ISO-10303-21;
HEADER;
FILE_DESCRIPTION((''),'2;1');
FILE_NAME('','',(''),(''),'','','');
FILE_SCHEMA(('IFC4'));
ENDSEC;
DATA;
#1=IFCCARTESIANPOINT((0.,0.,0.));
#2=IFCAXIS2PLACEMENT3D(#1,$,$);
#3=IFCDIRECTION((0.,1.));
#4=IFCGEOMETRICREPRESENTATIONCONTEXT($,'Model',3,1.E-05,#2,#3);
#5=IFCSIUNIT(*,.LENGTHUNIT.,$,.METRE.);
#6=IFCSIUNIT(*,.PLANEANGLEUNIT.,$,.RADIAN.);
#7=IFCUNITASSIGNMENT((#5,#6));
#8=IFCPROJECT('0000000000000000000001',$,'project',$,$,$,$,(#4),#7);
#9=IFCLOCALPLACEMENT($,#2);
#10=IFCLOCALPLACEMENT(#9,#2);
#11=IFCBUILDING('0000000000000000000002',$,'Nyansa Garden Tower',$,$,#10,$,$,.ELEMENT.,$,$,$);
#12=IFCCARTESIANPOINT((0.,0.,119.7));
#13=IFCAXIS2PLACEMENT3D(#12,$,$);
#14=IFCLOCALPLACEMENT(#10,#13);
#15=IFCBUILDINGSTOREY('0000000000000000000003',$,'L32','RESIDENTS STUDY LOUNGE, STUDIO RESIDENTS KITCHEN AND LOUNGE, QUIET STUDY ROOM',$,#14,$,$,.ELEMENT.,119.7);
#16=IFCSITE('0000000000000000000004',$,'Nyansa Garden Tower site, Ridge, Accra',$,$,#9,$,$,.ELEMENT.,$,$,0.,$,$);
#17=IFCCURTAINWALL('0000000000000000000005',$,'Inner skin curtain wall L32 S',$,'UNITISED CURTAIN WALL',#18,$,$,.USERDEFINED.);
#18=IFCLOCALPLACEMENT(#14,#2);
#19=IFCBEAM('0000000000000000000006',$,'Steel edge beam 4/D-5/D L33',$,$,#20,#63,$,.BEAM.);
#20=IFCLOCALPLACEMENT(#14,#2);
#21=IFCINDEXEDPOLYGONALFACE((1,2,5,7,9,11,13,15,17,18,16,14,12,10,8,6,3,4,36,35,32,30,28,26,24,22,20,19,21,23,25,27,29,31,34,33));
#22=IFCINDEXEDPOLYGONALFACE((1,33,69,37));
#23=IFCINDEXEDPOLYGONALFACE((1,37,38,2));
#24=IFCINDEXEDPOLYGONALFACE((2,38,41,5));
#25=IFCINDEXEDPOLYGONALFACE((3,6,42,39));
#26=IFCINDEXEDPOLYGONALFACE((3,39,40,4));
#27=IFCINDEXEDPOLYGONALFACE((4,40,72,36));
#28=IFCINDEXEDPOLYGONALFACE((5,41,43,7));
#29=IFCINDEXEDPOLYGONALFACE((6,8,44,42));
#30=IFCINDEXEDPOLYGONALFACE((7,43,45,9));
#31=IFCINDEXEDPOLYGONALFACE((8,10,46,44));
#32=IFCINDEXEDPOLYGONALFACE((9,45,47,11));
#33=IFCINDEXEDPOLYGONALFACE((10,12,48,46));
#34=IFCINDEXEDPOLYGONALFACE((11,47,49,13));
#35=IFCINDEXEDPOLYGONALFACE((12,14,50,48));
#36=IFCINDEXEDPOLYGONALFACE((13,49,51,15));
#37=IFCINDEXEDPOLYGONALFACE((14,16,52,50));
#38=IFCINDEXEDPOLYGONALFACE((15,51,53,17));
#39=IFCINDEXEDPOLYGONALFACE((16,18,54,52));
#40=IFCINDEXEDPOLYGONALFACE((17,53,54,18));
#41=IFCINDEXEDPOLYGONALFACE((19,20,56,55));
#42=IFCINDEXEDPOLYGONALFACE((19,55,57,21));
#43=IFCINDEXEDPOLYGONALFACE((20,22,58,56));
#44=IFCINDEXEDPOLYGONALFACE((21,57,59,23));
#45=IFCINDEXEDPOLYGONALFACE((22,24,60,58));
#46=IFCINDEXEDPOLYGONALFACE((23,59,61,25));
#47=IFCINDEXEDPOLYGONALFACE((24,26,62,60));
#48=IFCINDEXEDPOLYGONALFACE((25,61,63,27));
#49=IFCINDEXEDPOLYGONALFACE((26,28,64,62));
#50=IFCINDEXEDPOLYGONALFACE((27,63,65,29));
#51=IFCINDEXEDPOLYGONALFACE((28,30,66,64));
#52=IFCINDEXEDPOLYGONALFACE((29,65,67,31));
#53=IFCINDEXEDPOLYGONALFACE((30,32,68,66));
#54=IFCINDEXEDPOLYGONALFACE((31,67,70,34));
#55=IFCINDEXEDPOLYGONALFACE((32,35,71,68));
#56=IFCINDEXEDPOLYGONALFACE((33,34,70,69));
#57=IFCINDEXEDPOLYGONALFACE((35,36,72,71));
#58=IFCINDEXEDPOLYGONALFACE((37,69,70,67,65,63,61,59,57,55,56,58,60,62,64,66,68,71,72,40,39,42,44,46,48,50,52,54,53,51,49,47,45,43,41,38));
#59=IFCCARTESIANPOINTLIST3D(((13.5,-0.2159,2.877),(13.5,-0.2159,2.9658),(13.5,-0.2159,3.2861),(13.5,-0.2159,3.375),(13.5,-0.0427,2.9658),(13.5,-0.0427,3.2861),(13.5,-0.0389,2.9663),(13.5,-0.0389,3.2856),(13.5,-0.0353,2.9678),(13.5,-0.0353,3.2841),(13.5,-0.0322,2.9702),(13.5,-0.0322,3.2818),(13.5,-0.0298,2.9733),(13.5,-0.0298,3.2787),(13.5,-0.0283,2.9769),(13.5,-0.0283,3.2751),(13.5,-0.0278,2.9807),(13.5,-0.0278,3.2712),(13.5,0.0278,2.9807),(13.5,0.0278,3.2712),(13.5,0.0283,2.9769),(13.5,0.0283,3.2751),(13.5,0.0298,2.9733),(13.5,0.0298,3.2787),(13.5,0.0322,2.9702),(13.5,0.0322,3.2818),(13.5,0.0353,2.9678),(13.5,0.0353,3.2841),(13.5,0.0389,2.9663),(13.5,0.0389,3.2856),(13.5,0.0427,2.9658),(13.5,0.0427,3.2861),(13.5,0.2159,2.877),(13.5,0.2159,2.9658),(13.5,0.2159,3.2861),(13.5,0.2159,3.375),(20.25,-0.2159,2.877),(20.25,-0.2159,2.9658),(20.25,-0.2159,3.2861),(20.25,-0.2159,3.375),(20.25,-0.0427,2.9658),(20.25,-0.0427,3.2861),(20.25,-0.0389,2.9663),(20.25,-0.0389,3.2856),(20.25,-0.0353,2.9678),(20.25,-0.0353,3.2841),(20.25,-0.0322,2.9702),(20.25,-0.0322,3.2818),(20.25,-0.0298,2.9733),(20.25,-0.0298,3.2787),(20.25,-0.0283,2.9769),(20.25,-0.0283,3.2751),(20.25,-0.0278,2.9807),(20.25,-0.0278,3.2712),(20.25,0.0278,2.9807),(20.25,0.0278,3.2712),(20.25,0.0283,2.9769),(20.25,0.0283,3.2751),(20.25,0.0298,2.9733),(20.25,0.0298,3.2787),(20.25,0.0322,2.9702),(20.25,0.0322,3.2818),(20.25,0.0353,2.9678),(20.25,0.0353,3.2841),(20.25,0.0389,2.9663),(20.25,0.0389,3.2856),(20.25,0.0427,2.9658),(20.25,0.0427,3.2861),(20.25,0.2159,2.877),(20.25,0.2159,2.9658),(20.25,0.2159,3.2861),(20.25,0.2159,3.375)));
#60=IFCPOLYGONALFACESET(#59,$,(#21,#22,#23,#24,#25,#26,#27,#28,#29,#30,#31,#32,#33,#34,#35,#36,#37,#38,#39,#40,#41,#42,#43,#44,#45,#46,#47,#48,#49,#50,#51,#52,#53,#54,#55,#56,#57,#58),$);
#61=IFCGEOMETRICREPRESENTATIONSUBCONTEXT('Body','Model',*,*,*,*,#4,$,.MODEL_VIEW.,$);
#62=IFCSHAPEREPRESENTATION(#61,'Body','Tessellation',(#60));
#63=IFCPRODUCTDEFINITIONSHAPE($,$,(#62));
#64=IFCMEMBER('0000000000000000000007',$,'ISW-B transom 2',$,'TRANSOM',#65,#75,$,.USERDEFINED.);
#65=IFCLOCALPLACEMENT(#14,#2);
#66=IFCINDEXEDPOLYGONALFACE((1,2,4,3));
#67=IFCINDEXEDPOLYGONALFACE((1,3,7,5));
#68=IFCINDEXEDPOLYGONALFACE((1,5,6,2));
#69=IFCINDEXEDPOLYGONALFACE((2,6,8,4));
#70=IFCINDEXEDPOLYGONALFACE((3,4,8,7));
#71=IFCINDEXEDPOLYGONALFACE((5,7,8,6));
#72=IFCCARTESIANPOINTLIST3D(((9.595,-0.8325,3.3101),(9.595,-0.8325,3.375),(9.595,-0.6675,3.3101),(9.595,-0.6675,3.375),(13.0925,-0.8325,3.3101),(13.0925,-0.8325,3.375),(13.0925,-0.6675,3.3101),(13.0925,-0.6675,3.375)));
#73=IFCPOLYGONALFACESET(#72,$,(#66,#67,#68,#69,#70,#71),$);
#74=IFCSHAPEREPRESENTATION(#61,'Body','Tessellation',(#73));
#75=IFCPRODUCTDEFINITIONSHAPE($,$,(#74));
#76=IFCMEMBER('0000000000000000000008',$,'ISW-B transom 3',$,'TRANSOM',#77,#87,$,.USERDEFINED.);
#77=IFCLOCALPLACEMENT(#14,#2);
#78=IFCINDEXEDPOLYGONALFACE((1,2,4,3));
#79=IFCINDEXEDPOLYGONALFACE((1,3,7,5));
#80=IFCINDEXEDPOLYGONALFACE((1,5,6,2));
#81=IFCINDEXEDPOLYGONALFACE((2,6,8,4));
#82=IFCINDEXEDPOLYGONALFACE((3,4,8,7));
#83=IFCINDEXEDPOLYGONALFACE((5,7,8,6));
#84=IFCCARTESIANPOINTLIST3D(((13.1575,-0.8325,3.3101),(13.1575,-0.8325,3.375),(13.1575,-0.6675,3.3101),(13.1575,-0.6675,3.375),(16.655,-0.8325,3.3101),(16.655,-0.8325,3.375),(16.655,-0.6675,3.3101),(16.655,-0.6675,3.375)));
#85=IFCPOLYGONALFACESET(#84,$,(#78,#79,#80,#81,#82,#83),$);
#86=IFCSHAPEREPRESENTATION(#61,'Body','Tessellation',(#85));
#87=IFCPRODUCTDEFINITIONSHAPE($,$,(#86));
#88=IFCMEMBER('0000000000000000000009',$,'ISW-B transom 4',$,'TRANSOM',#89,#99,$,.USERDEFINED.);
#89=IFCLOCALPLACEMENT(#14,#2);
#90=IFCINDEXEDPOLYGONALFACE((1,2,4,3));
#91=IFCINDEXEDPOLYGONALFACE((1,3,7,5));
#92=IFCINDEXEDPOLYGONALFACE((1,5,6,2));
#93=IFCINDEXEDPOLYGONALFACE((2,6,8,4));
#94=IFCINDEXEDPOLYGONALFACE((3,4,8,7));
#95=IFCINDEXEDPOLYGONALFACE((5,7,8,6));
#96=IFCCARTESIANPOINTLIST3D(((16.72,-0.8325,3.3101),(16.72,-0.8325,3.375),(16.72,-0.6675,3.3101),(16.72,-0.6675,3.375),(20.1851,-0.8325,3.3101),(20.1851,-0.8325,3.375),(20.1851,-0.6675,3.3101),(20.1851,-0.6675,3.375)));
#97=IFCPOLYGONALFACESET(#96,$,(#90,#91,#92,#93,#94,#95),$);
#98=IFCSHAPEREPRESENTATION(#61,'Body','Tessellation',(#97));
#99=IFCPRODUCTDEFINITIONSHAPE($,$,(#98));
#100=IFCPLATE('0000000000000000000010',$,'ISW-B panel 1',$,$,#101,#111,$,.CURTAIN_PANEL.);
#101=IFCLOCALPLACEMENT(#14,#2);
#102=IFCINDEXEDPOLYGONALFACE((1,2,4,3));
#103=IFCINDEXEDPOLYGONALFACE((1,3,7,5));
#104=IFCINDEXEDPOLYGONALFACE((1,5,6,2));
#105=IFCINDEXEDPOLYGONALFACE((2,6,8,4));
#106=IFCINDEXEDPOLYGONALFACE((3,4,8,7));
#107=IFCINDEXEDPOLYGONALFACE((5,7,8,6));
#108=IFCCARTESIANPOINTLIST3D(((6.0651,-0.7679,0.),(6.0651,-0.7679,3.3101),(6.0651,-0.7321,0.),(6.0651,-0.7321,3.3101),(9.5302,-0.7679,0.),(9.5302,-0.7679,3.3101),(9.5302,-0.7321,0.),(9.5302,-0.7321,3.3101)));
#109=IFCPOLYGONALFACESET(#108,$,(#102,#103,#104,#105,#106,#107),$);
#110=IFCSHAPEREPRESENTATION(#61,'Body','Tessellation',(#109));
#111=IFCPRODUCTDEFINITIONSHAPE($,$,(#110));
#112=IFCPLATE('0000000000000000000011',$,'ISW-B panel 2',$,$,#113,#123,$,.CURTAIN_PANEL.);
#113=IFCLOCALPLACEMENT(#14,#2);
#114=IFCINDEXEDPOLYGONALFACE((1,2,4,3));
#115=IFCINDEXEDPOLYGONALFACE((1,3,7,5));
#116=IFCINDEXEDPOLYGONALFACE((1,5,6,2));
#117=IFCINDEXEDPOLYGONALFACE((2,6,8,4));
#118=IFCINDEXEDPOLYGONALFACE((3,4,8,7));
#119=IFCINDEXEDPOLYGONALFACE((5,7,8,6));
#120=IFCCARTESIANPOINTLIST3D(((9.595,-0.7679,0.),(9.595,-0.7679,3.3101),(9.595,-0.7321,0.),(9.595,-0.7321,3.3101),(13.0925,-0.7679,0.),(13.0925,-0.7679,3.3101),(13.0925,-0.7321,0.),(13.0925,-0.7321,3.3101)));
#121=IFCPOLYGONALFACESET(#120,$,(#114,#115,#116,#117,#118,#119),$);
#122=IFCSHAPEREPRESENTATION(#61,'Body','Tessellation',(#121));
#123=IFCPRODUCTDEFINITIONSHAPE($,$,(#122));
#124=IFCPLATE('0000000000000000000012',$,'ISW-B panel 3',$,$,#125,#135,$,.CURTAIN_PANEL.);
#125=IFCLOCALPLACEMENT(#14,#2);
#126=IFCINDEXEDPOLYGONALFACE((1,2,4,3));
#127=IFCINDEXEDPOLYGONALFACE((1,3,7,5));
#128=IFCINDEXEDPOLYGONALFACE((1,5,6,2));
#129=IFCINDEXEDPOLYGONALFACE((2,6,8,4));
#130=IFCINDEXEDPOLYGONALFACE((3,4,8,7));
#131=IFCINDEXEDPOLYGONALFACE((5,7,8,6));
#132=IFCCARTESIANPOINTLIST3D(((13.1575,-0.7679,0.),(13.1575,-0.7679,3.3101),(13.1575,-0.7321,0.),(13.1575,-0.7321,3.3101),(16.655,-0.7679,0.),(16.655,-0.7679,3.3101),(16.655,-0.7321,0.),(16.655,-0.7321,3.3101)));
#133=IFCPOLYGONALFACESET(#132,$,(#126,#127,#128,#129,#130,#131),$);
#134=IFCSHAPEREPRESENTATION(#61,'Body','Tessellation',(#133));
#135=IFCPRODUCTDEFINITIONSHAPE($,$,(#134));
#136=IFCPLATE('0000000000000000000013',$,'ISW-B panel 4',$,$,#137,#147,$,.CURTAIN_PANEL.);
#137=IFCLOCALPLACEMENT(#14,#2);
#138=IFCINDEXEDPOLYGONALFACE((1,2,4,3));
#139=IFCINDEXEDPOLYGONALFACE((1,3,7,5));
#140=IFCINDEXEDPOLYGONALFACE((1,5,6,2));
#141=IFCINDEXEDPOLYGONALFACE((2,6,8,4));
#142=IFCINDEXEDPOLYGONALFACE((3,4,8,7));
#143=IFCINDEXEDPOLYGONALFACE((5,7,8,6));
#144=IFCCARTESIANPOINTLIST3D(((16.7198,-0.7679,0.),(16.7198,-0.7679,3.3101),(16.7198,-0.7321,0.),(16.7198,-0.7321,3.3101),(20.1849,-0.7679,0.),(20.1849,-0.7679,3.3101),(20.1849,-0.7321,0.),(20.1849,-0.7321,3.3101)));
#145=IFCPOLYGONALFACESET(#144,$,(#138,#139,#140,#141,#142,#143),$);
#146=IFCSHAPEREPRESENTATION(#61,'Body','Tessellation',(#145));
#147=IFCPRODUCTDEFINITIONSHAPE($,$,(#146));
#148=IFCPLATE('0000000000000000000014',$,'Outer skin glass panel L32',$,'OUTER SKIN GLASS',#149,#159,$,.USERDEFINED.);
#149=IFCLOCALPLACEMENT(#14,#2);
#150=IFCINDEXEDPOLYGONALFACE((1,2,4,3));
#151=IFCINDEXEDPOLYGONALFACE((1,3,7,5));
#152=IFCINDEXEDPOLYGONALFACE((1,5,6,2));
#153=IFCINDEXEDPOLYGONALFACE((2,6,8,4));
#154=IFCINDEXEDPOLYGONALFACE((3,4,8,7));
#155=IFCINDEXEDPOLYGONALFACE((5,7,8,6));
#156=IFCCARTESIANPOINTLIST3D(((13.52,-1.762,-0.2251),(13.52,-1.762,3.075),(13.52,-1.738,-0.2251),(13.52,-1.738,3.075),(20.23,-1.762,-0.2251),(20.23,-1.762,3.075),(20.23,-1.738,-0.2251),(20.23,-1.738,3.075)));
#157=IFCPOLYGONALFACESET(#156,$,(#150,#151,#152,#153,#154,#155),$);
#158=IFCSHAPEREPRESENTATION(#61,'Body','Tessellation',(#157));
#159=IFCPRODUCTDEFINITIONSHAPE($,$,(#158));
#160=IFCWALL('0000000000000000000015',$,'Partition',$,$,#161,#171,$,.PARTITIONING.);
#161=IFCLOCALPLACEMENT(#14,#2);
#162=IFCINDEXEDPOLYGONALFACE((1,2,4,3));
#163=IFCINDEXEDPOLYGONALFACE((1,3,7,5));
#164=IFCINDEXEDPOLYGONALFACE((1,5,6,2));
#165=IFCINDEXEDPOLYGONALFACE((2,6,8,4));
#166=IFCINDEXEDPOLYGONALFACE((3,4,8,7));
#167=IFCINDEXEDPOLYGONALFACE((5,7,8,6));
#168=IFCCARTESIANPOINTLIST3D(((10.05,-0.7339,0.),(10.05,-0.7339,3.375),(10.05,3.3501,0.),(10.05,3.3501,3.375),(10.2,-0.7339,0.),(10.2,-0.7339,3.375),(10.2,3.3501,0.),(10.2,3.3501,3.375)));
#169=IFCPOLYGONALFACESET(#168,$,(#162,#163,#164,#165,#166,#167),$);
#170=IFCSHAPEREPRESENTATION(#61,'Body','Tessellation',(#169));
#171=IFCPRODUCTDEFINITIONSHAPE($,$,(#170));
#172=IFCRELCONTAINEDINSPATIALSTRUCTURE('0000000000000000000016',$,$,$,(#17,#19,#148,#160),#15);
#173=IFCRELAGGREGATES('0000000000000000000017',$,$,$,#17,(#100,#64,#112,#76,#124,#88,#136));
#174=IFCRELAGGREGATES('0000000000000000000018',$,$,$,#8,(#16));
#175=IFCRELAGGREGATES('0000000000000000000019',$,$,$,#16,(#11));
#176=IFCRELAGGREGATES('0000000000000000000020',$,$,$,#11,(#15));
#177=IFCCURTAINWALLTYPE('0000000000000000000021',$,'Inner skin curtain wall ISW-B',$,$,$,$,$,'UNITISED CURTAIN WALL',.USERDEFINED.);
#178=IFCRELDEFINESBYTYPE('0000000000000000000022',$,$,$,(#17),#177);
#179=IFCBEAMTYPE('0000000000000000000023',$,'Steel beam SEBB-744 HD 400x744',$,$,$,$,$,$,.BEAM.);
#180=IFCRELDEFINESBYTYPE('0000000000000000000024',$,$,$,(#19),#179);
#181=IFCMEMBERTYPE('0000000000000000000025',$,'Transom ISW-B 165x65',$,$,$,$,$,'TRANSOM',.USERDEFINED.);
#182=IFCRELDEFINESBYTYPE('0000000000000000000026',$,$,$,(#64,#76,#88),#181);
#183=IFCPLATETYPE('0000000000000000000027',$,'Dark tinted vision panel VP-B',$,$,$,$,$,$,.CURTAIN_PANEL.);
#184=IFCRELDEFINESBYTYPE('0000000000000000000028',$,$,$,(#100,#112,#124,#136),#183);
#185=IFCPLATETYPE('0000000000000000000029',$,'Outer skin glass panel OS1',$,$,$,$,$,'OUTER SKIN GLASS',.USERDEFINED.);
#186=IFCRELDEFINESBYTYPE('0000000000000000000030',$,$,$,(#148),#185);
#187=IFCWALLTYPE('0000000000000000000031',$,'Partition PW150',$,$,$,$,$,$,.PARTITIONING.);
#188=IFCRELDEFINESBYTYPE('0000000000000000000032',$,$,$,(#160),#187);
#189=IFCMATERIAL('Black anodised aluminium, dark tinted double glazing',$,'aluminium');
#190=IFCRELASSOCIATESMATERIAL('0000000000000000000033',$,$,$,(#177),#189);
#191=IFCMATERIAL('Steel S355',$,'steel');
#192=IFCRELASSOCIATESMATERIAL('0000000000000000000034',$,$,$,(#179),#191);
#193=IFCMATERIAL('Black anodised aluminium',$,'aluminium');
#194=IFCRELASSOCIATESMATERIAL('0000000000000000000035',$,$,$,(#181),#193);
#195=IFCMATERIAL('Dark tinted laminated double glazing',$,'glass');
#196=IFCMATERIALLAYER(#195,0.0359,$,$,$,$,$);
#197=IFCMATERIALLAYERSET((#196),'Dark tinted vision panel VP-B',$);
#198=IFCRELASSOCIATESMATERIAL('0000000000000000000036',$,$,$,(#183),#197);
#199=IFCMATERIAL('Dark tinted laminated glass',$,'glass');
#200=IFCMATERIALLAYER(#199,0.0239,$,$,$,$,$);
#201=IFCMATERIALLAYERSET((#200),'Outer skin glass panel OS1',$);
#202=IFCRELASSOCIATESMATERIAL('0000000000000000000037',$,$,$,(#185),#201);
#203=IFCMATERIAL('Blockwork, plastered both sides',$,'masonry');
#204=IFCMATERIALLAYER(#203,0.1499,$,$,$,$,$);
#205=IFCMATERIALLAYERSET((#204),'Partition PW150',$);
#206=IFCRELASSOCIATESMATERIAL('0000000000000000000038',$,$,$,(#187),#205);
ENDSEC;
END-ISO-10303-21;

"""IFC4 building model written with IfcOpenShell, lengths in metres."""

from ifc_helpers import new_model, si_unit, direction, frame, frame_2d, origin, origin_2d, place, context, subcontext, project, spatial, rectangle, i_section, extrude, material, layer, layer_set, material_profile, profile_set, type_object, element, aggregate, save


model = new_model("IFC4")

# Units and contexts
model_context = context("Model", 3, precision=1e-05, world=origin(), true_north=direction((0.0, 1.0)))
body_context = subcontext(model_context, "Body", "Model", "MODEL_VIEW")
ifc_project = project(units=[si_unit("LENGTHUNIT", "METRE"), si_unit("PLANEANGLEUNIT", "RADIAN")], contexts=[model_context])

# Site, building, storey
site_placement = place(None, origin())
site = spatial("IfcSite", under=ifc_project, at=site_placement, Name="Nyansa Garden Tower site, Ridge, Accra", CompositionType="ELEMENT", RefElevation=0.0)
building_placement = place(site_placement, origin())
building = spatial("IfcBuilding", under=site, at=building_placement, Name="Nyansa Garden Tower", CompositionType="ELEMENT")
storey_placement = place(building_placement, frame((0.0, 0.0, 119.7)))
storey = spatial("IfcBuildingStorey", under=building, at=storey_placement, Name="L32", Description="RESIDENTS STUDY LOUNGE, STUDIO RESIDENTS KITCHEN AND LOUNGE, QUIET STUDY ROOM", CompositionType="ELEMENT", Elevation=119.7)

# Curtain wall
ifc_material_1 = material(Name="Black anodised aluminium, dark tinted double glazing", Category="aluminium")
curtain_wall_type = type_object("IfcCurtainWallType", Name="Inner skin curtain wall ISW-B", ElementType="UNITISED CURTAIN WALL", PredefinedType="USERDEFINED", material=ifc_material_1)
curtain_wall_placement = place(storey_placement, origin())
curtain_wall = element("IfcCurtainWall", 1, at=curtain_wall_placement, inside=storey, type_object=curtain_wall_type, Name="Inner skin curtain wall L32 S", ObjectType="UNITISED CURTAIN WALL", PredefinedType="USERDEFINED")

# Beam
ifc_material_2 = material(Name="Steel S355", Category="steel")
ifc_material_profile_1 = material_profile(ifc_material_2, i_section(OverallWidth=0.4319, OverallDepth=0.498, WebThickness=0.0557, FlangeThickness=0.0889, FilletRadius=0.0149, at=origin_2d()), Name="HD 400x744")
ifc_profile_set_1 = profile_set([ifc_material_profile_1], Name="Steel S355")
beam_type_1 = type_object("IfcBeamType", Name="Steel beam SEBB-744 HD 400x744", PredefinedType="BEAM", material=ifc_profile_set_1)
beam_1_placement = place(storey_placement, frame((13.5, 0.0, 3.126), z_axis=(1.0, 0.0, 0.0), x_axis=(0.0, 1.0, 0.0)))
element("IfcBeam", 2, at=beam_1_placement, inside=storey, type_object=beam_type_1, Name="Steel edge beam 4/D-5/D L33", PredefinedType="BEAM", context=body_context, shape_type="SweptSolid", body=[
    extrude(i_section(OverallWidth=0.4319, OverallDepth=0.498, WebThickness=0.0557, FlangeThickness=0.0889, FilletRadius=0.0149, at=origin_2d()), origin(), (0.0, 0.0, 1.0), 6.75),
])

# Members
ifc_material_3 = material(Name="Black anodised aluminium", Category="aluminium")
ifc_material_profile_2 = material_profile(ifc_material_3, rectangle(XDim=0.165, YDim=0.0649, at=origin_2d()), Name="Transom 165x65")
ifc_profile_set_2 = profile_set([ifc_material_profile_2], Name="Black anodised aluminium")
member_type_1 = type_object("IfcMemberType", Name="Transom ISW-B 165x65", ElementType="TRANSOM", PredefinedType="USERDEFINED", material=ifc_profile_set_2)
member_1_placement = place(storey_placement, frame((9.595, -0.75, 3.3425), z_axis=(1.0, 0.0, 0.0), x_axis=(0.0, 1.0, 0.0)))
member_1 = element("IfcMember", 3, at=member_1_placement, type_object=member_type_1, Name="ISW-B transom 2", ObjectType="TRANSOM", PredefinedType="USERDEFINED", context=body_context, shape_type="SweptSolid", body=[
    extrude(rectangle(XDim=0.165, YDim=0.0649, at=origin_2d()), origin(), (0.0, 0.0, 1.0), 3.4976),
])
member_2_placement = place(storey_placement, frame((13.1575, -0.75, 3.3425), z_axis=(1.0, 0.0, 0.0), x_axis=(0.0, 1.0, 0.0)))
member_2 = element("IfcMember", 4, at=member_2_placement, type_object=member_type_1, Name="ISW-B transom 3", ObjectType="TRANSOM", PredefinedType="USERDEFINED", context=body_context, shape_type="SweptSolid", body=[
    extrude(rectangle(XDim=0.165, YDim=0.0649, at=origin_2d()), origin(), (0.0, 0.0, 1.0), 3.4976),
])
member_3_placement = place(storey_placement, frame((16.72, -0.75, 3.3425), z_axis=(1.0, 0.0, 0.0), x_axis=(0.0, 1.0, 0.0)))
member_3 = element("IfcMember", 5, at=member_3_placement, type_object=member_type_1, Name="ISW-B transom 4", ObjectType="TRANSOM", PredefinedType="USERDEFINED", context=body_context, shape_type="SweptSolid", body=[
    extrude(rectangle(XDim=0.165, YDim=0.0649, at=origin_2d()), origin(), (0.0, 0.0, 1.0), 3.4651),
])

# Plates
ifc_material_4 = material(Name="Dark tinted laminated double glazing", Category="glass")
ifc_layer_1 = layer(ifc_material_4, 0.0359)
ifc_layer_set_1 = layer_set([ifc_layer_1], Name="Dark tinted vision panel VP-B")
plate_type_1 = type_object("IfcPlateType", Name="Dark tinted vision panel VP-B", PredefinedType="CURTAIN_PANEL", material=ifc_layer_set_1)
plate_1_placement = place(storey_placement, frame((7.7976, -0.75, 0.0), z_axis=(0.0, 0.0, 1.0), x_axis=(1.0, 0.0, 0.0)))
plate_1 = element("IfcPlate", 6, at=plate_1_placement, type_object=plate_type_1, Name="ISW-B panel 1", PredefinedType="CURTAIN_PANEL", context=body_context, shape_type="SweptSolid", body=[
    extrude(rectangle(XDim=3.4651, YDim=0.0359, at=origin_2d()), origin(), (0.0, 0.0, 1.0), 3.3101),
])
plate_2_placement = place(storey_placement, frame((11.3438, -0.75, 0.0), z_axis=(0.0, 0.0, 1.0), x_axis=(1.0, 0.0, 0.0)))
plate_2 = element("IfcPlate", 7, at=plate_2_placement, type_object=plate_type_1, Name="ISW-B panel 2", PredefinedType="CURTAIN_PANEL", context=body_context, shape_type="SweptSolid", body=[
    extrude(rectangle(XDim=3.4976, YDim=0.0359, at=origin_2d()), origin(), (0.0, 0.0, 1.0), 3.3101),
])
plate_3_placement = place(storey_placement, frame((14.9062, -0.75, 0.0), z_axis=(0.0, 0.0, 1.0), x_axis=(1.0, 0.0, 0.0)))
plate_3 = element("IfcPlate", 8, at=plate_3_placement, type_object=plate_type_1, Name="ISW-B panel 3", PredefinedType="CURTAIN_PANEL", context=body_context, shape_type="SweptSolid", body=[
    extrude(rectangle(XDim=3.4976, YDim=0.0359, at=origin_2d()), origin(), (0.0, 0.0, 1.0), 3.3101),
])
plate_4_placement = place(storey_placement, frame((18.4524, -0.75, 0.0), z_axis=(0.0, 0.0, 1.0), x_axis=(1.0, 0.0, 0.0)))
plate_4 = element("IfcPlate", 9, at=plate_4_placement, type_object=plate_type_1, Name="ISW-B panel 4", PredefinedType="CURTAIN_PANEL", context=body_context, shape_type="SweptSolid", body=[
    extrude(rectangle(XDim=3.4651, YDim=0.0359, at=origin_2d()), origin(), (0.0, 0.0, 1.0), 3.3101),
])
aggregate(curtain_wall, [plate_1, member_1, plate_2, member_2, plate_3, member_3, plate_4])
ifc_material_5 = material(Name="Dark tinted laminated glass", Category="glass")
ifc_layer_2 = layer(ifc_material_5, 0.0239)
ifc_layer_set_2 = layer_set([ifc_layer_2], Name="Outer skin glass panel OS1")
plate_type_2 = type_object("IfcPlateType", Name="Outer skin glass panel OS1", ElementType="OUTER SKIN GLASS", PredefinedType="USERDEFINED", material=ifc_layer_set_2)
plate_5_placement = place(storey_placement, frame((16.875, -1.75, -0.2251), z_axis=(0.0, 0.0, 1.0), x_axis=(1.0, 0.0, 0.0)))
element("IfcPlate", 10, at=plate_5_placement, inside=storey, type_object=plate_type_2, Name="Outer skin glass panel L32", ObjectType="OUTER SKIN GLASS", PredefinedType="USERDEFINED", context=body_context, shape_type="SweptSolid", body=[
    extrude(rectangle(XDim=6.71, YDim=0.0239, at=origin_2d()), origin(), (0.0, 0.0, 1.0), 3.3),
])

# Wall
ifc_material_6 = material(Name="Blockwork, plastered both sides", Category="masonry")
ifc_layer_3 = layer(ifc_material_6, 0.1499)
ifc_layer_set_3 = layer_set([ifc_layer_3], Name="Partition PW150")
wall_type_1 = type_object("IfcWallType", Name="Partition PW150", PredefinedType="PARTITIONING", material=ifc_layer_set_3)
wall_1_placement = place(storey_placement, frame((10.125, -0.7339, 0.0), z_axis=(0.0, 0.0, 1.0), x_axis=(0.0, 1.0, 0.0)))
element("IfcWall", 11, at=wall_1_placement, inside=storey, type_object=wall_type_1, Name="Partition", PredefinedType="PARTITIONING", context=body_context, shape_type="SweptSolid", body=[
    extrude(rectangle(XDim=4.084, YDim=0.1499, at=frame_2d((2.042, 0.0))), origin(), (0.0, 0.0, 1.0), 3.375),
])

save(model, "model.ifc")
